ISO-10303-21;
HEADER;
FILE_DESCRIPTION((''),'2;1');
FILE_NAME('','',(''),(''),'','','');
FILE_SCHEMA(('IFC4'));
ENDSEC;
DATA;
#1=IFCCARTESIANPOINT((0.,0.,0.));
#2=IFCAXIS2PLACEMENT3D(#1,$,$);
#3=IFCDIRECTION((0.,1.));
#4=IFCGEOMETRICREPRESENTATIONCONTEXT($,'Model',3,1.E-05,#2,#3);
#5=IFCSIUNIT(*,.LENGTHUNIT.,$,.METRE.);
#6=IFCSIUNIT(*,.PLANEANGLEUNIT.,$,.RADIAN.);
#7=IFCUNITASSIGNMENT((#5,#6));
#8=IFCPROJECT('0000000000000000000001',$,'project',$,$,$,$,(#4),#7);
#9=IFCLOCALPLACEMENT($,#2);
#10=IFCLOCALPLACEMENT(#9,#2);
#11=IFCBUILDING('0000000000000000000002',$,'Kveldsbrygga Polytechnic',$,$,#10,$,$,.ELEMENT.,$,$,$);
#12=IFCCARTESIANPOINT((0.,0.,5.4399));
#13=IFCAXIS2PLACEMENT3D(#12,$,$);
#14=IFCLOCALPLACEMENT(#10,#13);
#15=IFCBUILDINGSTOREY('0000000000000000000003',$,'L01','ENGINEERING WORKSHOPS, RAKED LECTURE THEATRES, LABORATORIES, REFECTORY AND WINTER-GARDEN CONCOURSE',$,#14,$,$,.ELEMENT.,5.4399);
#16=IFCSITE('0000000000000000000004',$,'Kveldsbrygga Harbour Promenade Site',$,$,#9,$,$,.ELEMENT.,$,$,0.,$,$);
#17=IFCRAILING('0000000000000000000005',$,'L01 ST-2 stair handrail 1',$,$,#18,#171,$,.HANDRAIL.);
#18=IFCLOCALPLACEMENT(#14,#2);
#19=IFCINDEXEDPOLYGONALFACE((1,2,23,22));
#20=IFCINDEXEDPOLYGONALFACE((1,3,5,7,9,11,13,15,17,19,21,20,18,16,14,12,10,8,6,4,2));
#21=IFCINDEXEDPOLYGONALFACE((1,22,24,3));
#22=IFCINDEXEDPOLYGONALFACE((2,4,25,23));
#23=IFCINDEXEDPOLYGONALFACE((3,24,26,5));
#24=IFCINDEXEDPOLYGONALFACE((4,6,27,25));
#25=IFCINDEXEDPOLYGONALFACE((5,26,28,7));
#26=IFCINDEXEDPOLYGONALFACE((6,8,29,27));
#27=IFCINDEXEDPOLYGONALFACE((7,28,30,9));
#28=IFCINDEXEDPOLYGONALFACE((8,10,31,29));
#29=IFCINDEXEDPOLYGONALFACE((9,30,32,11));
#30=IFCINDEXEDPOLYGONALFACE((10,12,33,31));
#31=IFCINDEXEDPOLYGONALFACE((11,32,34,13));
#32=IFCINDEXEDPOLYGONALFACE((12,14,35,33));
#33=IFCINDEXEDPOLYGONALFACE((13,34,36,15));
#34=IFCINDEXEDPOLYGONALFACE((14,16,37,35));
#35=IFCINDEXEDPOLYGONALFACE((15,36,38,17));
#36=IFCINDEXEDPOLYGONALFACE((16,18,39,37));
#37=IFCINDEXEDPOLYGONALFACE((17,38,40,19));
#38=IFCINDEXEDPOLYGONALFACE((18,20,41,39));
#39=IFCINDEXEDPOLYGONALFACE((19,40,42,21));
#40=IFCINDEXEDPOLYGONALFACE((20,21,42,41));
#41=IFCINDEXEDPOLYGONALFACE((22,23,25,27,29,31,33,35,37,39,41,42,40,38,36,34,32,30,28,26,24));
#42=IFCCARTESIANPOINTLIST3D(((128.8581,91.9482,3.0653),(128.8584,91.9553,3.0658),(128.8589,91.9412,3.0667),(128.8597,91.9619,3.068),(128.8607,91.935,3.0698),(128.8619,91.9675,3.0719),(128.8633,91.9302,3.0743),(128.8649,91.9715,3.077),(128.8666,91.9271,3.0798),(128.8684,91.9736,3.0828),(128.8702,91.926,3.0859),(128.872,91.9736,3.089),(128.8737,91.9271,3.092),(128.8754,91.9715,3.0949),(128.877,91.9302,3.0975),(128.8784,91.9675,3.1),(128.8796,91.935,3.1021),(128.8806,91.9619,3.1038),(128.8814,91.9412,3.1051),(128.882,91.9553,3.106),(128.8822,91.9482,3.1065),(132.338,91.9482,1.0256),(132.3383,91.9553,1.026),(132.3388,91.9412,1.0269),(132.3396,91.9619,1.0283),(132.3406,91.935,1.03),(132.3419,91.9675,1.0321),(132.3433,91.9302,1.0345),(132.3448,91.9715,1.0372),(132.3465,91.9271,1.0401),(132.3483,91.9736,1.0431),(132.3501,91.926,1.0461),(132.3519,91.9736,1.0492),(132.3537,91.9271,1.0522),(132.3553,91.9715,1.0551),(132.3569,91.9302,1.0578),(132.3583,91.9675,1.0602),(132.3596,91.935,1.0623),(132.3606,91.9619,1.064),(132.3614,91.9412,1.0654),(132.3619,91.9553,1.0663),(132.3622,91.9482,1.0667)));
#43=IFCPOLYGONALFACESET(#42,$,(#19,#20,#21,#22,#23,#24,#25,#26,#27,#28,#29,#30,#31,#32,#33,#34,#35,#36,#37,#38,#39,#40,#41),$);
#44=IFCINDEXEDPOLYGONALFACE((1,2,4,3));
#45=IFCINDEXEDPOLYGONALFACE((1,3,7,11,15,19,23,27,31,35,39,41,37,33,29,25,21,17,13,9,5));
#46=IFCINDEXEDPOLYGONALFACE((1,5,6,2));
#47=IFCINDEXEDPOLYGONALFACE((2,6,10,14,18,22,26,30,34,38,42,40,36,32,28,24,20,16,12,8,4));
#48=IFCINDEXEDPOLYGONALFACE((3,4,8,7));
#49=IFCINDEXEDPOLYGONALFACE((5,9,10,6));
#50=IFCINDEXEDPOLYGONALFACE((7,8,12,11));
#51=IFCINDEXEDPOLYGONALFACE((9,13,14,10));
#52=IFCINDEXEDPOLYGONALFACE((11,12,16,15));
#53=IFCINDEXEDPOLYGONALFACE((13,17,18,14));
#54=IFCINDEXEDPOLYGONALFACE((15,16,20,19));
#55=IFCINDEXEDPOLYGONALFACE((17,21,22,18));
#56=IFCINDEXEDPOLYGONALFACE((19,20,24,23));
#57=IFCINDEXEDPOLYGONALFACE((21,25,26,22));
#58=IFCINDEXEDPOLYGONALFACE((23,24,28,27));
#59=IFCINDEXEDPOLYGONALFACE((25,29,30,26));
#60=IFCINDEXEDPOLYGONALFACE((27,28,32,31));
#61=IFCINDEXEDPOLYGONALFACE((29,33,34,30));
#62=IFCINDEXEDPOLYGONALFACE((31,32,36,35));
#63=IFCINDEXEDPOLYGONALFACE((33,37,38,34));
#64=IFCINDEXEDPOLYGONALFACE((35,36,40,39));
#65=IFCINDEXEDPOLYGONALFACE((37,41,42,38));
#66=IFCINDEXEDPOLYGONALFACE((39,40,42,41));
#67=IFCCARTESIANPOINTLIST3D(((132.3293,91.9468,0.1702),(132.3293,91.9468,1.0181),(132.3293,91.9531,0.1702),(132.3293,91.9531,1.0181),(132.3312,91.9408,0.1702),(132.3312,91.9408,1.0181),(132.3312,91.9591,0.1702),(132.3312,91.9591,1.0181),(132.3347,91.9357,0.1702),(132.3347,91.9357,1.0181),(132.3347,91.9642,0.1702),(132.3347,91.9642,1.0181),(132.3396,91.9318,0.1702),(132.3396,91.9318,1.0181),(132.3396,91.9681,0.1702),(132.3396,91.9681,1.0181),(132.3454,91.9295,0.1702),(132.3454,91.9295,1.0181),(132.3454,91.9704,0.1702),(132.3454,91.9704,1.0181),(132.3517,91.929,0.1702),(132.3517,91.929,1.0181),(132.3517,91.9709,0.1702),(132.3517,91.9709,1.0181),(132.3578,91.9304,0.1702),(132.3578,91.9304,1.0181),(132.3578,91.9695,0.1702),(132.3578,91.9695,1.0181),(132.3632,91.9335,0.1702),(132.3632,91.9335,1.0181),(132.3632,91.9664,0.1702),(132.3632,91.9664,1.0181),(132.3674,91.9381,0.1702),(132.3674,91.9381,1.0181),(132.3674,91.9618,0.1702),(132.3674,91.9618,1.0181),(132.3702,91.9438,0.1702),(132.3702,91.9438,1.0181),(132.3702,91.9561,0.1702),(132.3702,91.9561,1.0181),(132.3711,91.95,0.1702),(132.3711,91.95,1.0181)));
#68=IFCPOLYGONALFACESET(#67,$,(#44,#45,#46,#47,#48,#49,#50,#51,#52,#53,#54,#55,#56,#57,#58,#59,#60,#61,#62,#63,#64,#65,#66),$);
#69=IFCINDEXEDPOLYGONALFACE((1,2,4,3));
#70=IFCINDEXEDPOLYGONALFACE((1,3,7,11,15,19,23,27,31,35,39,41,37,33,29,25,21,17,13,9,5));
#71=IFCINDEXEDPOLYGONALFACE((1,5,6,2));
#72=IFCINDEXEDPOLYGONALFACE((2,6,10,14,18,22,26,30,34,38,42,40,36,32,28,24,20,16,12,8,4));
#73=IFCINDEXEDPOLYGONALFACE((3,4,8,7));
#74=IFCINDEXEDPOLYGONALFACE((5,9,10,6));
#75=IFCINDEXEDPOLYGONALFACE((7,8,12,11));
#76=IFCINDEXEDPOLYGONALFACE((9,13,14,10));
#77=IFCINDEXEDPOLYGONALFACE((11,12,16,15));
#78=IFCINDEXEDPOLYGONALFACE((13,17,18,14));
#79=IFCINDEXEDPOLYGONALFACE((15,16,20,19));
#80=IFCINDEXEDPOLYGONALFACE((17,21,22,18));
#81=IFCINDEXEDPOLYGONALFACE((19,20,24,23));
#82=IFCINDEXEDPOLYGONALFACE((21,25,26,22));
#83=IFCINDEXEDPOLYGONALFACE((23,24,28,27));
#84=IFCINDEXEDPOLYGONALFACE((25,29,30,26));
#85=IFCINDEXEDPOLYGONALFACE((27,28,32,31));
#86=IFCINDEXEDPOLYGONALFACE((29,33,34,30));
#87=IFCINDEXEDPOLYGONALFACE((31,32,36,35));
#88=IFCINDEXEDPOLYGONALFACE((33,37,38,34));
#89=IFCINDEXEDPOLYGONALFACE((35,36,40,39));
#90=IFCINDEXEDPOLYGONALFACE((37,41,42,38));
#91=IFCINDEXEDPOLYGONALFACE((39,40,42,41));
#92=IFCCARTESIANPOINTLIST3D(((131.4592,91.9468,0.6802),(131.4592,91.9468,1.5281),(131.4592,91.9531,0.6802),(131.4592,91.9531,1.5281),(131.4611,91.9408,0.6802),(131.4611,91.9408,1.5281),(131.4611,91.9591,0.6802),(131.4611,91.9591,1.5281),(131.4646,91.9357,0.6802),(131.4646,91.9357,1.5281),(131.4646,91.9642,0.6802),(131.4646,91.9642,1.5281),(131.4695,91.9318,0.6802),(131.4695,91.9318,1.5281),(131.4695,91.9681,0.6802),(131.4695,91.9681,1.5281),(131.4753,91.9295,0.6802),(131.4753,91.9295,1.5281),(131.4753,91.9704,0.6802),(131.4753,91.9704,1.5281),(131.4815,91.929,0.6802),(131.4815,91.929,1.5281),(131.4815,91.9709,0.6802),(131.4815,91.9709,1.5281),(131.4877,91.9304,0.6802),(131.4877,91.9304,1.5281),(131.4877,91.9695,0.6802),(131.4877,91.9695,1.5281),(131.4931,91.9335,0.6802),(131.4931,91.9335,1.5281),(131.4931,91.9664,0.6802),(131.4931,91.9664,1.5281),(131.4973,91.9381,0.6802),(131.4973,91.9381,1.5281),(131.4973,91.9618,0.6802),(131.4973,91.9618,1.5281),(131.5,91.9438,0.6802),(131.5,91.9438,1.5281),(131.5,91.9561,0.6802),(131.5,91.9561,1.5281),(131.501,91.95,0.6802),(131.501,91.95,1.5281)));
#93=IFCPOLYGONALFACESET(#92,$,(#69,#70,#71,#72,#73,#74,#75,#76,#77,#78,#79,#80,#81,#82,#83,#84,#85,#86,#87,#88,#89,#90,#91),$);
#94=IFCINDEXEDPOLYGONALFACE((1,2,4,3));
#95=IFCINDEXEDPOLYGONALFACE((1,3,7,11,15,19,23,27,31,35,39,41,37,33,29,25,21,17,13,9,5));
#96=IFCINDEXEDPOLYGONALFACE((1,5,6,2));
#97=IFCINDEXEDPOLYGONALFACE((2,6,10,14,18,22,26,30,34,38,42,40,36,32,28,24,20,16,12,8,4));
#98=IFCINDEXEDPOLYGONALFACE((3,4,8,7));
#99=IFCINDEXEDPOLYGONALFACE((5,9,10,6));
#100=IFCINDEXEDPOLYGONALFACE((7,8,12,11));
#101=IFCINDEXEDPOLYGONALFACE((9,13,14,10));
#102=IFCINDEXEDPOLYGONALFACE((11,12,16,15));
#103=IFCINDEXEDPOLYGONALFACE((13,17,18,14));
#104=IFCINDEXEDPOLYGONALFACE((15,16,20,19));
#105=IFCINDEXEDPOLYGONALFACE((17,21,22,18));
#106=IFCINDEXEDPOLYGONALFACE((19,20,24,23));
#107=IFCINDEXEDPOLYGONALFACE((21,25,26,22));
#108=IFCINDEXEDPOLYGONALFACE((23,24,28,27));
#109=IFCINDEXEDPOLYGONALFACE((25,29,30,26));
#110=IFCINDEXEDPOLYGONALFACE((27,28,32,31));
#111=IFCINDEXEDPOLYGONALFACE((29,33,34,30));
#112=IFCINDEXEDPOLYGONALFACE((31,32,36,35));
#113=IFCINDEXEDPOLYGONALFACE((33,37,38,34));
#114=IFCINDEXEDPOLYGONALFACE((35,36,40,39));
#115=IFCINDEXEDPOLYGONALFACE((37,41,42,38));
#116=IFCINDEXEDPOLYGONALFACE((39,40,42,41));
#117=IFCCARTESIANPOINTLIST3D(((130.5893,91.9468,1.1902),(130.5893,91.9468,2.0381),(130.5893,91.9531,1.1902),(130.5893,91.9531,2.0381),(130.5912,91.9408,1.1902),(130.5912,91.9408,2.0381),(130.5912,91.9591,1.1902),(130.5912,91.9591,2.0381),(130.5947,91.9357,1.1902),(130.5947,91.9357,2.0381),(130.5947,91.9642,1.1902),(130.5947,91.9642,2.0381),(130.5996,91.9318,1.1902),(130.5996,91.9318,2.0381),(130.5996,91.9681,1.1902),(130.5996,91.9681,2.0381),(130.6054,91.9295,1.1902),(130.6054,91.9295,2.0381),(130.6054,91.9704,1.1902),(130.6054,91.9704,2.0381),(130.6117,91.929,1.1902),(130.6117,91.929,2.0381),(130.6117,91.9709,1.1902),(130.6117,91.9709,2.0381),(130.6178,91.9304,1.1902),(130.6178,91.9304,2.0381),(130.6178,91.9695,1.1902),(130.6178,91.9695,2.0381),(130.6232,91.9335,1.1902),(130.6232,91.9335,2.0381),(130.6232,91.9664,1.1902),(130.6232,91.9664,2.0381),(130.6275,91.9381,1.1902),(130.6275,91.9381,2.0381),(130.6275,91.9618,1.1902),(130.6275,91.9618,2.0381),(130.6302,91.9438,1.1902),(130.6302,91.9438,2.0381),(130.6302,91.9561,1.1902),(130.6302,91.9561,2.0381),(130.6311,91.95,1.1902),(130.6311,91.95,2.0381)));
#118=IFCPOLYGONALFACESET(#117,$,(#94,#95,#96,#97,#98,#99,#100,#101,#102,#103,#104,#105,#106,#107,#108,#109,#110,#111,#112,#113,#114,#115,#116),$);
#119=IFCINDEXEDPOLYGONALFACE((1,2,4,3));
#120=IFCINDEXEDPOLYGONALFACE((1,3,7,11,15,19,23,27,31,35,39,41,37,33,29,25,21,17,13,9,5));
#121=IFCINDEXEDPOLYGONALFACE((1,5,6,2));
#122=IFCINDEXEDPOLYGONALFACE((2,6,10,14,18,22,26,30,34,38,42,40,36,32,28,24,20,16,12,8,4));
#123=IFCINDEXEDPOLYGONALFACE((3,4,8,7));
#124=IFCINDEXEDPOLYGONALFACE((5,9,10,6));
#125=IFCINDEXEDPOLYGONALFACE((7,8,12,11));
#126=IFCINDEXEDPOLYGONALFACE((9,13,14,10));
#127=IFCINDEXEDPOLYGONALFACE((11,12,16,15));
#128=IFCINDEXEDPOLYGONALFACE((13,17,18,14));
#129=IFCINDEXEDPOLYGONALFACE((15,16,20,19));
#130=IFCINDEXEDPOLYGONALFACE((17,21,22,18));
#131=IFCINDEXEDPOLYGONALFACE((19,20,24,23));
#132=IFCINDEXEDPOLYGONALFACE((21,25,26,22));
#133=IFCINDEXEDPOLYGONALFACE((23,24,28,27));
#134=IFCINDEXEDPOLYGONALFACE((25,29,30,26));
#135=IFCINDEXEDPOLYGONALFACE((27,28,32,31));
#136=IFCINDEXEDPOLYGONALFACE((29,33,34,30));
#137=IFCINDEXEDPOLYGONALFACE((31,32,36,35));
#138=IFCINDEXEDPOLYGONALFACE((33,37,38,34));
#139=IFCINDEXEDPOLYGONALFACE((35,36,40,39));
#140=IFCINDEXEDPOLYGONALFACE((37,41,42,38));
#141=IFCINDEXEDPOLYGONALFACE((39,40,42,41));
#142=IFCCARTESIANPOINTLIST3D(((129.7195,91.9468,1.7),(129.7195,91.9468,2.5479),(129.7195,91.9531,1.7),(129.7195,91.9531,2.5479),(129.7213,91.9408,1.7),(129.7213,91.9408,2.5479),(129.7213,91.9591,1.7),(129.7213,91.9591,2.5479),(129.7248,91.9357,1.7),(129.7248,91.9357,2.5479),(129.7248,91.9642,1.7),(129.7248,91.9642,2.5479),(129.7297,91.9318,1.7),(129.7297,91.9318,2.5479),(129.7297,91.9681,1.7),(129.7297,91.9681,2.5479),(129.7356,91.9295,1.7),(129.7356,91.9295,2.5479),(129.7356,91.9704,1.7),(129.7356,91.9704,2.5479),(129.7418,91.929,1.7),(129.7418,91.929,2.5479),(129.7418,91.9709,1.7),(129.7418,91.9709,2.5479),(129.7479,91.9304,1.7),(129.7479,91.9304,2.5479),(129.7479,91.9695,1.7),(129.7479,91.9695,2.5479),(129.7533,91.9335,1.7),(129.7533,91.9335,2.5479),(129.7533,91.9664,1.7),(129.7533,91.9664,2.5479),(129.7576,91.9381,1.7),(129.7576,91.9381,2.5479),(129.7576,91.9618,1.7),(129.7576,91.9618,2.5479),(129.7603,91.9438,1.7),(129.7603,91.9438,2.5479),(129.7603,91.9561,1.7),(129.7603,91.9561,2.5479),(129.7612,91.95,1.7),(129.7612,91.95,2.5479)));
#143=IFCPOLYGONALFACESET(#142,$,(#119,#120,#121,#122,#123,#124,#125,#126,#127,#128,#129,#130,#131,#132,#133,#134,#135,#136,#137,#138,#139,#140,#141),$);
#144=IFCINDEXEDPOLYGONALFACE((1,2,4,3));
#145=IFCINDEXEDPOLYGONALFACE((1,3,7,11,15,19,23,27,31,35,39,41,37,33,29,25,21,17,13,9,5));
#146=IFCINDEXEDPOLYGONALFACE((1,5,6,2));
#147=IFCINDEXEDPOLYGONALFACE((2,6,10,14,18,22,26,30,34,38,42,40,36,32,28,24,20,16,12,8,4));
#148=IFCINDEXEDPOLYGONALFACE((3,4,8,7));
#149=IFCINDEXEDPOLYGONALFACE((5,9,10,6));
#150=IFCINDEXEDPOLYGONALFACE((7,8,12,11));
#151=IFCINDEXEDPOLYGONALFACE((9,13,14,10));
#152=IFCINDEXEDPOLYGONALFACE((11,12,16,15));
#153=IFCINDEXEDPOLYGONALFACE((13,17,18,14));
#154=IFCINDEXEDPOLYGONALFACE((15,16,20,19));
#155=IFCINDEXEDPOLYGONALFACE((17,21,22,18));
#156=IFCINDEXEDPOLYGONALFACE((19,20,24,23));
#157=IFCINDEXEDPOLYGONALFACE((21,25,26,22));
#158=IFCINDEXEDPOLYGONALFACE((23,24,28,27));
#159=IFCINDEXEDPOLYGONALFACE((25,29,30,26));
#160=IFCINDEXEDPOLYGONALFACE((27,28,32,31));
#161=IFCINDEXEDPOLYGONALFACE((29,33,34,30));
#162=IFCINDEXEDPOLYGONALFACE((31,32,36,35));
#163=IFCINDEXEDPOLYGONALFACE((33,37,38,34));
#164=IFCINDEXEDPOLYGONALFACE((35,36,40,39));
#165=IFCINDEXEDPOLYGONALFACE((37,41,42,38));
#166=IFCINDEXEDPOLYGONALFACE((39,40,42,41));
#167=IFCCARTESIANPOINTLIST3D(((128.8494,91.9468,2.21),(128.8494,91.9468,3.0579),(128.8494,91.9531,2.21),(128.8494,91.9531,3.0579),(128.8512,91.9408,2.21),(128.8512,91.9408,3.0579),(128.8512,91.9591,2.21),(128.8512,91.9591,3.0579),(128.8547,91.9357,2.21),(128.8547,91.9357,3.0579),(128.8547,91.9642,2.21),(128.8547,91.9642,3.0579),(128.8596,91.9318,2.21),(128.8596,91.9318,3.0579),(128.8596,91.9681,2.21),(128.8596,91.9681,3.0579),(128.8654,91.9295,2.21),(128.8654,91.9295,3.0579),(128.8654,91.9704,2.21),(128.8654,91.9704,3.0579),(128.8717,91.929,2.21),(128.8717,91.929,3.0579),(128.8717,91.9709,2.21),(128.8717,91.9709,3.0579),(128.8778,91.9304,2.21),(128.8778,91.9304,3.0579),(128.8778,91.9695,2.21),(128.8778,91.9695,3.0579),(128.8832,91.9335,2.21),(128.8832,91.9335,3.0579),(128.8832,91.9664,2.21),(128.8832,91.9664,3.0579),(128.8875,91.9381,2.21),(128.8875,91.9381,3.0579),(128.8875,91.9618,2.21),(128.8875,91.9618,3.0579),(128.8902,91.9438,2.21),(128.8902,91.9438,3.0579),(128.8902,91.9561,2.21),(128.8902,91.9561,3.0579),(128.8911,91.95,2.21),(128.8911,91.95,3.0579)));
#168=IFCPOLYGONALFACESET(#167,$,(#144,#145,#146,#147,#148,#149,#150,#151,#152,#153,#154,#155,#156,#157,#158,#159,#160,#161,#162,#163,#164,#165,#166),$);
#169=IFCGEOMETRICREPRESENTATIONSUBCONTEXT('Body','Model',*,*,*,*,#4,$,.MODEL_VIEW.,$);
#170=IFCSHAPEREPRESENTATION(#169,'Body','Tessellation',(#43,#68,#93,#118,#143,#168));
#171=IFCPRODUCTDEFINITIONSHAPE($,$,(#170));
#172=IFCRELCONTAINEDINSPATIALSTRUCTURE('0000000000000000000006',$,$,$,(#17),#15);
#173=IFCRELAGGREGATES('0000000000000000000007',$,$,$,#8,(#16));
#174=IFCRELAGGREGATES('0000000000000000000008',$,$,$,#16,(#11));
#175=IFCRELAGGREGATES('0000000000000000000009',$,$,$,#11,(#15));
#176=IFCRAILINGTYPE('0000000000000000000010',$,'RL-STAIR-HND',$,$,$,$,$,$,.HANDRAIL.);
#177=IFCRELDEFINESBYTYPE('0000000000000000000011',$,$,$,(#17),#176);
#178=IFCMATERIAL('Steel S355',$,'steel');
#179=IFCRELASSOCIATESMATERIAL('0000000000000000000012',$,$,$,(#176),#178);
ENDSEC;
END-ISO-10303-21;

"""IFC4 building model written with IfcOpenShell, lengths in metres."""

from ifc_helpers import new_model, si_unit, direction, frame, origin, origin_2d, place, context, subcontext, project, spatial, circle, extrude, material, type_object, element, save


model = new_model("IFC4")

# Units and contexts
model_context = context("Model", 3, precision=1e-05, world=origin(), true_north=direction((0.0, 1.0)))
body_context = subcontext(model_context, "Body", "Model", "MODEL_VIEW")
ifc_project = project(units=[si_unit("LENGTHUNIT", "METRE"), si_unit("PLANEANGLEUNIT", "RADIAN")], contexts=[model_context])

# Site, building, storey
site_placement = place(None, origin())
site = spatial("IfcSite", under=ifc_project, at=site_placement, Name="Kveldsbrygga Harbour Promenade Site", CompositionType="ELEMENT", RefElevation=0.0)
building_placement = place(site_placement, origin())
building = spatial("IfcBuilding", under=site, at=building_placement, Name="Kveldsbrygga Polytechnic", CompositionType="ELEMENT")
storey_placement = place(building_placement, frame((0.0, 0.0, 5.4399)))
storey = spatial("IfcBuildingStorey", under=building, at=storey_placement, Name="L01", Description="ENGINEERING WORKSHOPS, RAKED LECTURE THEATRES, LABORATORIES, REFECTORY AND WINTER-GARDEN CONCOURSE", CompositionType="ELEMENT", Elevation=5.4399)

# Shared definitions
ifc_material_1 = material(Name="Steel S355", Category="steel")

# Railing
railing_type_1 = type_object("IfcRailingType", Name="RL-STAIR-HND", PredefinedType="HANDRAIL", material=ifc_material_1)
railing_1_placement = place(storey_placement, frame((132.3501, 91.95, 0.1702)))
element("IfcRailing", 1, at=railing_1_placement, inside=storey, type_object=railing_type_1, Name="L01 ST-2 stair handrail 1", PredefinedType="HANDRAIL", context=body_context, shape_type="SweptSolid", body=[
    extrude(circle(Radius=0.0239, at=origin_2d()), frame((0.0, 0.0, 0.876), z_axis=(-0.862719, 0.0, 0.505684), x_axis=(0.0, -1.0, 0.0)), (0.0, 0.0, 1.0), 4.0337),
    extrude(circle(Radius=0.021, at=origin_2d()), origin(), (0.0, 0.0, 1.0), 0.8479),
    extrude(circle(Radius=0.021, at=origin_2d()), frame((-0.8701, 0.0, 0.51)), (0.0, 0.0, 1.0), 0.8479),
    extrude(circle(Radius=0.021, at=origin_2d()), frame((-1.74, 0.0, 1.02)), (0.0, 0.0, 1.0), 0.8479),
    extrude(circle(Radius=0.021, at=origin_2d()), frame((-2.6099, 0.0, 1.5298)), (0.0, 0.0, 1.0), 0.8479),
    extrude(circle(Radius=0.021, at=origin_2d()), frame((-3.48, 0.0, 2.0398)), (0.0, 0.0, 1.0), 0.8479),
])

save(model, "model.ifc")
